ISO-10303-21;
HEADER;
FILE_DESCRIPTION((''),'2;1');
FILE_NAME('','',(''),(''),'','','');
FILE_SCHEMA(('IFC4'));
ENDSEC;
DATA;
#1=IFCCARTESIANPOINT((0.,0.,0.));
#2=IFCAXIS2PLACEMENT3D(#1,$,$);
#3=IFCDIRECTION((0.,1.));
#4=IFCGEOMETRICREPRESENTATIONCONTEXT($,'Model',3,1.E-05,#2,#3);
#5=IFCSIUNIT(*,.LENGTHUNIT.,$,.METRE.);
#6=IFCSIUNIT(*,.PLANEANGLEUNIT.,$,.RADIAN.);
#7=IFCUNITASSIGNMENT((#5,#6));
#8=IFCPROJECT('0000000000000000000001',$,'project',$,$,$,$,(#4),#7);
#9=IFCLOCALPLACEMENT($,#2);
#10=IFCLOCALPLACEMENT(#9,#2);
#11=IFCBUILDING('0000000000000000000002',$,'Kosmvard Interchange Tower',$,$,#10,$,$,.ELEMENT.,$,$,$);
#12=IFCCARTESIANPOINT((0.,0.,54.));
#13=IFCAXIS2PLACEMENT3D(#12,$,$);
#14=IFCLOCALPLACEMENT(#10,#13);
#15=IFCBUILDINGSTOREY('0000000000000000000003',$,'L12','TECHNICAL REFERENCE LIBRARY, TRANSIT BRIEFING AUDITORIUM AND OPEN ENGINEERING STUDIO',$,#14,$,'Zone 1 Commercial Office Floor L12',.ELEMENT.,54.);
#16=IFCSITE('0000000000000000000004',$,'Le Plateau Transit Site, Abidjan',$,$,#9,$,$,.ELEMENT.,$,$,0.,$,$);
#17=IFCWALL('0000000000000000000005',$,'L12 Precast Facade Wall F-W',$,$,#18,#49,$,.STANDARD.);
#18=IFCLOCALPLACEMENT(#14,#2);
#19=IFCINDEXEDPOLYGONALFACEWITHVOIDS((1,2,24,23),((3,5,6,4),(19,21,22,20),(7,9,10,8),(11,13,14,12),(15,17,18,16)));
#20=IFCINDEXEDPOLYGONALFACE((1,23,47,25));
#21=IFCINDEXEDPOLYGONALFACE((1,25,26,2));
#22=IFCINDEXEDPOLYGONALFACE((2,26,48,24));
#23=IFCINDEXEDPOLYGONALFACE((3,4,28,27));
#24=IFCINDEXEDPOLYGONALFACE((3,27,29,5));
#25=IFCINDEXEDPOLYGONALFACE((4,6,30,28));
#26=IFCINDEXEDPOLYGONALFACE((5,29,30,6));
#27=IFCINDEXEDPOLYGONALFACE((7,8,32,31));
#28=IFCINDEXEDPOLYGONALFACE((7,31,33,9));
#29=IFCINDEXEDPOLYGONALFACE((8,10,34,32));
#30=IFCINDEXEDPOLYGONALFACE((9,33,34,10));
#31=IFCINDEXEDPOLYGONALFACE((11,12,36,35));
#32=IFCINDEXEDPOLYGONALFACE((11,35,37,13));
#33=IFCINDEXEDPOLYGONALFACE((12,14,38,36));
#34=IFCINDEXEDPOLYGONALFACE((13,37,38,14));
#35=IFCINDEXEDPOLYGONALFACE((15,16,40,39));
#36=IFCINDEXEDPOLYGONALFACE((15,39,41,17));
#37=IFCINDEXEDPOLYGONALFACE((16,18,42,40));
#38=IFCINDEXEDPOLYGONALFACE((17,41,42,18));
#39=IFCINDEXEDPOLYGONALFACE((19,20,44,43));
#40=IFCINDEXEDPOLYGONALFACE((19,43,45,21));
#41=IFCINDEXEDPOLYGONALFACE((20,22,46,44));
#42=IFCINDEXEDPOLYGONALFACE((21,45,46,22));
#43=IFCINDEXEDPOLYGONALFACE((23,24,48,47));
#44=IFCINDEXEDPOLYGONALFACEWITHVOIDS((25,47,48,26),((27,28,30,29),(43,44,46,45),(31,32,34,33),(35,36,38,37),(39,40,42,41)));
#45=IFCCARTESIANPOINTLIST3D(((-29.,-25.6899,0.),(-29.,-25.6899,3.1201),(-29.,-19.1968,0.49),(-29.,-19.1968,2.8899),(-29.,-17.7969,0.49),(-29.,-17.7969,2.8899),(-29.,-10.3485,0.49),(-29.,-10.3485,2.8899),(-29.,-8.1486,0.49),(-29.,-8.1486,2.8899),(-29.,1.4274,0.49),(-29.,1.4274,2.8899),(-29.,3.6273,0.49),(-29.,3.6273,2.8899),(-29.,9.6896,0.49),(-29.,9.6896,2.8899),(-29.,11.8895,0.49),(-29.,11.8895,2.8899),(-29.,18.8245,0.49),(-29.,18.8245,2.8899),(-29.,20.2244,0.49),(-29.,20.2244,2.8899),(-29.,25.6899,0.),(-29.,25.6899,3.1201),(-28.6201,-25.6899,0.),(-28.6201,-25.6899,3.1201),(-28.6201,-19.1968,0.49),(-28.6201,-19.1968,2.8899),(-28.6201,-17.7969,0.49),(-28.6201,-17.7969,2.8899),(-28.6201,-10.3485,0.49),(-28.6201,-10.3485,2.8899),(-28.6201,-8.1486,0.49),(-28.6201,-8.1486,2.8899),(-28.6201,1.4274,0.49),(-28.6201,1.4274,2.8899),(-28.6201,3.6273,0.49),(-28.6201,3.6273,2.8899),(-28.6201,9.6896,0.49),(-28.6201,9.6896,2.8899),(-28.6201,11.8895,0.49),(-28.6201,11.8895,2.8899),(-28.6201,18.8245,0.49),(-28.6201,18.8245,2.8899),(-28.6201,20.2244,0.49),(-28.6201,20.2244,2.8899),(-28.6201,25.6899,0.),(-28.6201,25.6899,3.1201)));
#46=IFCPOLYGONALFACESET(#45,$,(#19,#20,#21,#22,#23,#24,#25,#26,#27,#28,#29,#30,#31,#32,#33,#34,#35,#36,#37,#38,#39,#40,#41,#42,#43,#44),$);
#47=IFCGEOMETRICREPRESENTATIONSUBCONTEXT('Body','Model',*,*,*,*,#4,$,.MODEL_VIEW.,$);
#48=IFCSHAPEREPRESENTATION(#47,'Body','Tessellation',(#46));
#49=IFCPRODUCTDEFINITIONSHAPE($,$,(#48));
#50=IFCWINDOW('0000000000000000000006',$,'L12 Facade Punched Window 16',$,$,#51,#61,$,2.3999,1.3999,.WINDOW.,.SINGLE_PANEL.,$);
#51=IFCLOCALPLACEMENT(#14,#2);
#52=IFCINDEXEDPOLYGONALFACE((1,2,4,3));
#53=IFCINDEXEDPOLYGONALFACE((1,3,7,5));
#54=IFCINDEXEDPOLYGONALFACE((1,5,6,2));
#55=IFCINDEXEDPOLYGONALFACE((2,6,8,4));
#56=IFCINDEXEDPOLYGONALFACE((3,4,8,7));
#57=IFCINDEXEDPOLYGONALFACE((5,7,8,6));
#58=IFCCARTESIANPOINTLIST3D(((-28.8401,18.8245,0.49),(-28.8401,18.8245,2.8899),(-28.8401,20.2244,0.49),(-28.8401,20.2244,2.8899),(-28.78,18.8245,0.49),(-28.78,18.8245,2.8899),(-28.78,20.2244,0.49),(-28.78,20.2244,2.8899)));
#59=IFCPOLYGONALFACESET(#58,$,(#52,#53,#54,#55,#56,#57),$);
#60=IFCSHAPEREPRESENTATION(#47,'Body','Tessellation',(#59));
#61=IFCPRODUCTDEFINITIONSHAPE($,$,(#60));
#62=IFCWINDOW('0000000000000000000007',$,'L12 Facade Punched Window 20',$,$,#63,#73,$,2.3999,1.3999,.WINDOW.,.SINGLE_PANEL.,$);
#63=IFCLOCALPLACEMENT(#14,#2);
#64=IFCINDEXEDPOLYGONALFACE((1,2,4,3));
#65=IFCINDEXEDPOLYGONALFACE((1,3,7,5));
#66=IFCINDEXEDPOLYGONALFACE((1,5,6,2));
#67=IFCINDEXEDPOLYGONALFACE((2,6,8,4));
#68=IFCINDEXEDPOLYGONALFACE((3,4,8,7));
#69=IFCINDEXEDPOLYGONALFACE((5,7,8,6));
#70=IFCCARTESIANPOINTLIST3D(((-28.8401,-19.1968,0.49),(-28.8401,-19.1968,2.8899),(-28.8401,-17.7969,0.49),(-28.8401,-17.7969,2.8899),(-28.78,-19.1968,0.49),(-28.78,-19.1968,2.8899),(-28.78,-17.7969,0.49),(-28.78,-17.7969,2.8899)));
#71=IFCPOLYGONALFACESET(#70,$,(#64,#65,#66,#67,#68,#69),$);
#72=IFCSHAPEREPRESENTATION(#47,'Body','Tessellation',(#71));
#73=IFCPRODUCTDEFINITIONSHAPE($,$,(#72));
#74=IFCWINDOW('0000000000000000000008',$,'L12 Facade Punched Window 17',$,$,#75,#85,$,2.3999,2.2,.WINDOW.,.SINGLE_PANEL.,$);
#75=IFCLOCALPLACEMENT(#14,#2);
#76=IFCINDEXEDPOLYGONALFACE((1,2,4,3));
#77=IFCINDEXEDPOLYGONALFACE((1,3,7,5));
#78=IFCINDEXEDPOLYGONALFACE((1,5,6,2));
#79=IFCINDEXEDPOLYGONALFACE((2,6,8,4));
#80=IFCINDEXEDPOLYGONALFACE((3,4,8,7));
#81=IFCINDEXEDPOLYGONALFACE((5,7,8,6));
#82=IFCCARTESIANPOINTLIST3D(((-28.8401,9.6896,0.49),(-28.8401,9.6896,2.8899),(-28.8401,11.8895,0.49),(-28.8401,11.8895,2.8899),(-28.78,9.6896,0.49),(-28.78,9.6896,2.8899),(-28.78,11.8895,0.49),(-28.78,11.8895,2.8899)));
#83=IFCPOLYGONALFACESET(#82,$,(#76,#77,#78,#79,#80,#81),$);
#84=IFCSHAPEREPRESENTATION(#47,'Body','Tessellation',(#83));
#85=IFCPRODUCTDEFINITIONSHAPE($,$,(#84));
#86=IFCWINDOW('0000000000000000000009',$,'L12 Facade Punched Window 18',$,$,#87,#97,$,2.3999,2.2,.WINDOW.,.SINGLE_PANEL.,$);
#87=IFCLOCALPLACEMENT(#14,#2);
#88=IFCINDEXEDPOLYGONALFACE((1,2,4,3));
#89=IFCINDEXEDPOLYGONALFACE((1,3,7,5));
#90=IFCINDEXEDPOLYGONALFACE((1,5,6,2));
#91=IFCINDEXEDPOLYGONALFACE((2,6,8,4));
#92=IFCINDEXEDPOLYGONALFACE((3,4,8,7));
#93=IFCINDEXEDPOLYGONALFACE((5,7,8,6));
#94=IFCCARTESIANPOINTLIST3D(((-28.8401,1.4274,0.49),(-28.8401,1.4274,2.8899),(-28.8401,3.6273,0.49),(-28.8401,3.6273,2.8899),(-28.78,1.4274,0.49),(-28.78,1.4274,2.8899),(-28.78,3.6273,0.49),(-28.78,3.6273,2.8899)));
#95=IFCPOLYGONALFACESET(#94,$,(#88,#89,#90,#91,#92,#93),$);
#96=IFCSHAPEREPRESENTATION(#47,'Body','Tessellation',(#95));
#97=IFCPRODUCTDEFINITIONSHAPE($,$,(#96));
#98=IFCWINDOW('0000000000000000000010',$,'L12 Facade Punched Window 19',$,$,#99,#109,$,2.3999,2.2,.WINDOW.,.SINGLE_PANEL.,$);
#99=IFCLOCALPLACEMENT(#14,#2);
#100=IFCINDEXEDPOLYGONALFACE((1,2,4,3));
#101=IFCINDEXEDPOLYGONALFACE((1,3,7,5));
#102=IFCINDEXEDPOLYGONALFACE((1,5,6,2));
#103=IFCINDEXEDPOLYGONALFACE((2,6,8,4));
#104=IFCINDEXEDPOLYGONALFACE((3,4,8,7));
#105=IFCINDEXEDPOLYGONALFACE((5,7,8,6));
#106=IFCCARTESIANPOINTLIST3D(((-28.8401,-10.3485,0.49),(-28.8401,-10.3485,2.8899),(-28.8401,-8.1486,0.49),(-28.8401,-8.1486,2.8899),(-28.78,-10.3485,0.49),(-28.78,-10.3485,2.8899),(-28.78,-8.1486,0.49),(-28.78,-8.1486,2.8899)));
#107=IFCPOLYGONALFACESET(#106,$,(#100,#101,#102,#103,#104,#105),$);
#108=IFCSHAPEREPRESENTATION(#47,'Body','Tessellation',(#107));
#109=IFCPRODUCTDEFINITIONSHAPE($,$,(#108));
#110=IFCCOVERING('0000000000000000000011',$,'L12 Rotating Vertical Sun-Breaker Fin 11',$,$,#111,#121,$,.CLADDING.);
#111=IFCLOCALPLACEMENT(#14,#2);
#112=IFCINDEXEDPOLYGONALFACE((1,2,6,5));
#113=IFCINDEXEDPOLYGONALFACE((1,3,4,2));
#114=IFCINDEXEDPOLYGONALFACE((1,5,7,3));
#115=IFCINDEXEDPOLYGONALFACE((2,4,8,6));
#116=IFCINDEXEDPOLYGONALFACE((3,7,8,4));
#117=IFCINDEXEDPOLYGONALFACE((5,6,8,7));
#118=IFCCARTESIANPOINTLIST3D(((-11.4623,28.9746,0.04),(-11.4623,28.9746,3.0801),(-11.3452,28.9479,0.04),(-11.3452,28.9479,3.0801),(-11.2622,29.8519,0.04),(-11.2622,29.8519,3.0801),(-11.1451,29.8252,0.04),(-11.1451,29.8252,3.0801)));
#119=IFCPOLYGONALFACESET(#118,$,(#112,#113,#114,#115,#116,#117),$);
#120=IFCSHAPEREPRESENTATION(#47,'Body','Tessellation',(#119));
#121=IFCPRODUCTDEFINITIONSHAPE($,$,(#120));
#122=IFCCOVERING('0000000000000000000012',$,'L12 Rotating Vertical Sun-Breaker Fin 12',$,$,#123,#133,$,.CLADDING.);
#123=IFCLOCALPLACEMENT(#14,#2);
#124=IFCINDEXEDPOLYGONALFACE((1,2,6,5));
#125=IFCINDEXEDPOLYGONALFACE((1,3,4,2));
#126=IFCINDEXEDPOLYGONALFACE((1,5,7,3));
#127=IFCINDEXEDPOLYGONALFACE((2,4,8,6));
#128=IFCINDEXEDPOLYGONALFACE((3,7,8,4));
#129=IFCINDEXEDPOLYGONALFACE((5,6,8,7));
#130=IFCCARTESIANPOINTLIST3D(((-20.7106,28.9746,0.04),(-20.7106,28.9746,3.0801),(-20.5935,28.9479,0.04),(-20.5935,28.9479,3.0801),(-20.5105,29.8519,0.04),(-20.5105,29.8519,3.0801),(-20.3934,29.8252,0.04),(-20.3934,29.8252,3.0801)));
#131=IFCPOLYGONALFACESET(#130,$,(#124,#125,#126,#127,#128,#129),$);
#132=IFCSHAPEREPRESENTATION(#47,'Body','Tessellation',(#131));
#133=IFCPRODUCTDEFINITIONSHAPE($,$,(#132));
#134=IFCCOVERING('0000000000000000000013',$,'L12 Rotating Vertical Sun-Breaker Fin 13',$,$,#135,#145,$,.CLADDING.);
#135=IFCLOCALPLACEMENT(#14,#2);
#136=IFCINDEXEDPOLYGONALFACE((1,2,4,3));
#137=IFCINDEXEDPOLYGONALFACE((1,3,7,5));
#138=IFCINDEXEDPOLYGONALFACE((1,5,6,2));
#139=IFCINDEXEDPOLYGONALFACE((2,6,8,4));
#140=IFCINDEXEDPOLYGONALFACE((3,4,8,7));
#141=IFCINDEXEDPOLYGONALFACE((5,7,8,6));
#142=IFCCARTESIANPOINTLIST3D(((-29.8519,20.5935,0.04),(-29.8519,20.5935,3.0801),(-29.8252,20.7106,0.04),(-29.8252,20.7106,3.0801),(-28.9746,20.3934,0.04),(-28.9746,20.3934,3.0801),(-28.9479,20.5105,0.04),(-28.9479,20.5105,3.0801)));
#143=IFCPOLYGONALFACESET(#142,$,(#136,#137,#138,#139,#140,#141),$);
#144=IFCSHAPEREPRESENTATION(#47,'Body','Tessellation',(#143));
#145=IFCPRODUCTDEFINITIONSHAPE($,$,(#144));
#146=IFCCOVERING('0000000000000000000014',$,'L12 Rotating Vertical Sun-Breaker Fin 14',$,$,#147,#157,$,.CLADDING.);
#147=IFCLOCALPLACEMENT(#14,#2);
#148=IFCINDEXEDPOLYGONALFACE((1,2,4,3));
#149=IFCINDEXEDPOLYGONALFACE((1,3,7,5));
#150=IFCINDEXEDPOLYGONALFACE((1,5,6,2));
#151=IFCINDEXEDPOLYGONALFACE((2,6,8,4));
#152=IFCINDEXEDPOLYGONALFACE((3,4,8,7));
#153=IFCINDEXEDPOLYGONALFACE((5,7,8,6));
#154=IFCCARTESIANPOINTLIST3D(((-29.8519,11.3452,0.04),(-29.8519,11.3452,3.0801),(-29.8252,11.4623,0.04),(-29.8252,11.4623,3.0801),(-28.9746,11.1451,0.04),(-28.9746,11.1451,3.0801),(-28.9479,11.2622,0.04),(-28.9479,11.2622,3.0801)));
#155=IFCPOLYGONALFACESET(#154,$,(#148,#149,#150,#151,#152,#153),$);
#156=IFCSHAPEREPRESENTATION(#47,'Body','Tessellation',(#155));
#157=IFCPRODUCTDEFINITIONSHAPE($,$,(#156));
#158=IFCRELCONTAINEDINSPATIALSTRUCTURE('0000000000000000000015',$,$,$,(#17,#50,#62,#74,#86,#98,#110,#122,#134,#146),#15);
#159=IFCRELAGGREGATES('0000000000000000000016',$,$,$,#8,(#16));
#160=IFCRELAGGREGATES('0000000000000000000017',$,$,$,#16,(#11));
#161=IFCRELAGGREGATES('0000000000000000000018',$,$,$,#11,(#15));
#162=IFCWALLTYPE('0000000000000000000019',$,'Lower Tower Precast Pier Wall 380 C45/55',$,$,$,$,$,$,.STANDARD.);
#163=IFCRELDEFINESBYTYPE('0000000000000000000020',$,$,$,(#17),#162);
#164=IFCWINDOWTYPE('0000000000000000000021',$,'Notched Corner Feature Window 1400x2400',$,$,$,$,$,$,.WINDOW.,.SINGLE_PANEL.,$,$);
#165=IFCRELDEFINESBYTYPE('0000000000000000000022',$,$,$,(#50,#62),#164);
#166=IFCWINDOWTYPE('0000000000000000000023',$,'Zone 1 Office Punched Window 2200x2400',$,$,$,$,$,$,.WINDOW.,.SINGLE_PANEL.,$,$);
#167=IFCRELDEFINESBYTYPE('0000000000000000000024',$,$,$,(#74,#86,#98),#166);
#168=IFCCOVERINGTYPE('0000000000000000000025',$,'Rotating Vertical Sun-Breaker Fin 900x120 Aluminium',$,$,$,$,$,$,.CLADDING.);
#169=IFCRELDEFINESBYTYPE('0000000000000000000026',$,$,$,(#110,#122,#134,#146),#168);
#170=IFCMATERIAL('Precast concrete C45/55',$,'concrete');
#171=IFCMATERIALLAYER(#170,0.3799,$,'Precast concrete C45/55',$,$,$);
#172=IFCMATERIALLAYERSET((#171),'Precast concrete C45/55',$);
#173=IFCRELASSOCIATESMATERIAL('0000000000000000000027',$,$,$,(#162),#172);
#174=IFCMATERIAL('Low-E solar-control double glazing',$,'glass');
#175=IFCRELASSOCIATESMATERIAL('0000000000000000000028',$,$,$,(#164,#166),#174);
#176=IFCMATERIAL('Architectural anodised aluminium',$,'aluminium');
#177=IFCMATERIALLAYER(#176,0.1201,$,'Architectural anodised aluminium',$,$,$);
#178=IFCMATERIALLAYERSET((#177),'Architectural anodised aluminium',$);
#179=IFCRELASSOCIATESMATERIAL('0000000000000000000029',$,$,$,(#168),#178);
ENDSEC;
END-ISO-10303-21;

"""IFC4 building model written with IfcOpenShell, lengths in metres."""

from ifc_helpers import new_model, si_unit, direction, frame, frame_2d, origin, origin_2d, place, context, subcontext, project, spatial, rectangle, extrude, source, transform, mapped, material, layer, layer_set, type_object, element, fill, save


model = new_model("IFC4")

# Units and contexts
model_context = context("Model", 3, precision=1e-05, world=origin(), true_north=direction((0.0, 1.0)))
body_context = subcontext(model_context, "Body", "Model", "MODEL_VIEW")
ifc_project = project(units=[si_unit("LENGTHUNIT", "METRE"), si_unit("PLANEANGLEUNIT", "RADIAN")], contexts=[model_context])

# Site, building, storey
site_placement = place(None, origin())
site = spatial("IfcSite", under=ifc_project, at=site_placement, Name="Le Plateau Transit Site, Abidjan", CompositionType="ELEMENT", RefElevation=0.0)
building_placement = place(site_placement, origin())
building = spatial("IfcBuilding", under=site, at=building_placement, Name="Kosmvard Interchange Tower", CompositionType="ELEMENT")
storey_placement = place(building_placement, frame((0.0, 0.0, 54.0)))
storey = spatial("IfcBuildingStorey", under=building, at=storey_placement, Name="L12", Description="TECHNICAL REFERENCE LIBRARY, TRANSIT BRIEFING AUDITORIUM AND OPEN ENGINEERING STUDIO", LongName="Zone 1 Commercial Office Floor L12", CompositionType="ELEMENT", Elevation=54.0)

# Shared definitions
ifc_material_1 = material(Name="Precast concrete C45/55", Category="concrete")

# Shared definitions
ifc_layer_1 = layer(ifc_material_1, 0.3799, Name="Precast concrete C45/55")
ifc_layer_set_1 = layer_set([ifc_layer_1], Name="Precast concrete C45/55")
wall_type_1 = type_object("IfcWallType", Name="Lower Tower Precast Pier Wall 380 C45/55", PredefinedType="STANDARD", material=ifc_layer_set_1)

# Wall, openings, windows
wall_1_placement = place(storey_placement, frame((-28.8101, 25.6899, 0.0), z_axis=(0.0, 0.0, 1.0), x_axis=(0.0, -1.0, 0.0)))
wall_1 = element("IfcWall", 1, at=wall_1_placement, inside=storey, type_object=wall_type_1, Name="L12 Precast Facade Wall F-W", PredefinedType="STANDARD", context=body_context, shape_type="SweptSolid", body=[
    extrude(rectangle(XDim=51.3799, YDim=0.3799, at=frame_2d((25.6899, 0.0))), origin(), (0.0, 0.0, 1.0), 3.1201),
])
opening_1_placement = place(wall_1_placement, frame((5.4656, 0.0, 0.49)))
opening_1 = element("IfcOpeningElement", 2, at=opening_1_placement, cuts=wall_1, PredefinedType="OPENING", context=body_context, shape_type="SweptSolid", body=[
    extrude(rectangle(XDim=1.3999, YDim=2.3999, at=frame_2d((0.7, 1.2))), frame((0.0, 0.2, 0.0), z_axis=(0.0, -1.0, 0.0), x_axis=(1.0, 0.0, 0.0)), (0.0, 0.0, 1.0), 0.3999),
])
opening_2_placement = place(wall_1_placement, frame((13.8003, 0.0, 0.49)))
opening_2 = element("IfcOpeningElement", 3, at=opening_2_placement, cuts=wall_1, PredefinedType="OPENING", context=body_context, shape_type="SweptSolid", body=[
    extrude(rectangle(XDim=2.2, YDim=2.3999, at=frame_2d((1.1001, 1.2))), frame((0.0, 0.2, 0.0), z_axis=(0.0, -1.0, 0.0), x_axis=(1.0, 0.0, 0.0)), (0.0, 0.0, 1.0), 0.3999),
])
opening_3_placement = place(wall_1_placement, frame((22.0625, 0.0, 0.49)))
opening_3 = element("IfcOpeningElement", 4, at=opening_3_placement, cuts=wall_1, PredefinedType="OPENING", context=body_context, shape_type="SweptSolid", body=[
    extrude(rectangle(XDim=2.2, YDim=2.3999, at=frame_2d((1.1001, 1.2))), frame((0.0, 0.2, 0.0), z_axis=(0.0, -1.0, 0.0), x_axis=(1.0, 0.0, 0.0)), (0.0, 0.0, 1.0), 0.3999),
])
opening_4_placement = place(wall_1_placement, frame((33.8384, 0.0, 0.49)))
opening_4 = element("IfcOpeningElement", 5, at=opening_4_placement, cuts=wall_1, PredefinedType="OPENING", context=body_context, shape_type="SweptSolid", body=[
    extrude(rectangle(XDim=2.2, YDim=2.3999, at=frame_2d((1.1001, 1.2))), frame((0.0, 0.2, 0.0), z_axis=(0.0, -1.0, 0.0), x_axis=(1.0, 0.0, 0.0)), (0.0, 0.0, 1.0), 0.3999),
])
opening_5_placement = place(wall_1_placement, frame((43.4868, 0.0, 0.49)))
opening_5 = element("IfcOpeningElement", 6, at=opening_5_placement, cuts=wall_1, PredefinedType="OPENING", context=body_context, shape_type="SweptSolid", body=[
    extrude(rectangle(XDim=1.3999, YDim=2.3999, at=frame_2d((0.7, 1.2))), frame((0.0, 0.2, 0.0), z_axis=(0.0, -1.0, 0.0), x_axis=(1.0, 0.0, 0.0)), (0.0, 0.0, 1.0), 0.3999),
])
ifc_material_2 = material(Name="Low-E solar-control double glazing", Category="glass")
window_type_1 = type_object("IfcWindowType", Name="Notched Corner Feature Window 1400x2400", PartitioningType="SINGLE_PANEL", PredefinedType="WINDOW", material=ifc_material_2)
shared_shape_1 = source(origin(), body_context, "Body", "SweptSolid", [
    extrude(rectangle(XDim=1.3999, YDim=2.3999, at=frame_2d((0.7, 1.2))), frame((0.0, 0.03, 0.0), z_axis=(0.0, -1.0, 0.0), x_axis=(1.0, 0.0, 0.0)), (0.0, 0.0, 1.0), 0.0601),
])
window_1_placement = place(opening_1_placement, origin())
window_1 = element("IfcWindow", 7, at=window_1_placement, inside=storey, type_object=window_type_1, Name="L12 Facade Punched Window 16", OverallHeight=2.3999, OverallWidth=1.3999, PartitioningType="SINGLE_PANEL", PredefinedType="WINDOW", context=body_context, shape_type="MappedRepresentation", body=[
    mapped(shared_shape_1, transform((0.0, 0.0, 0.0), scale=1.0)),
])
fill(opening_1, window_1)
window_2_placement = place(opening_5_placement, origin())
window_2 = element("IfcWindow", 8, at=window_2_placement, inside=storey, type_object=window_type_1, Name="L12 Facade Punched Window 20", OverallHeight=2.3999, OverallWidth=1.3999, PartitioningType="SINGLE_PANEL", PredefinedType="WINDOW", context=body_context, shape_type="MappedRepresentation", body=[
    mapped(shared_shape_1, transform((0.0, 0.0, 0.0), scale=1.0)),
])
fill(opening_5, window_2)
window_type_2 = type_object("IfcWindowType", Name="Zone 1 Office Punched Window 2200x2400", PartitioningType="SINGLE_PANEL", PredefinedType="WINDOW", material=ifc_material_2)
shared_shape_2 = source(origin(), body_context, "Body", "SweptSolid", [
    extrude(rectangle(XDim=2.2, YDim=2.3999, at=frame_2d((1.1001, 1.2))), frame((0.0, 0.03, 0.0), z_axis=(0.0, -1.0, 0.0), x_axis=(1.0, 0.0, 0.0)), (0.0, 0.0, 1.0), 0.0601),
])
window_3_placement = place(opening_2_placement, origin())
window_3 = element("IfcWindow", 9, at=window_3_placement, inside=storey, type_object=window_type_2, Name="L12 Facade Punched Window 17", OverallHeight=2.3999, OverallWidth=2.2, PartitioningType="SINGLE_PANEL", PredefinedType="WINDOW", context=body_context, shape_type="MappedRepresentation", body=[
    mapped(shared_shape_2, transform((0.0, 0.0, 0.0), scale=1.0)),
])
fill(opening_2, window_3)
window_4_placement = place(opening_3_placement, origin())
window_4 = element("IfcWindow", 10, at=window_4_placement, inside=storey, type_object=window_type_2, Name="L12 Facade Punched Window 18", OverallHeight=2.3999, OverallWidth=2.2, PartitioningType="SINGLE_PANEL", PredefinedType="WINDOW", context=body_context, shape_type="MappedRepresentation", body=[
    mapped(shared_shape_2, transform((0.0, 0.0, 0.0), scale=1.0)),
])
fill(opening_3, window_4)
window_5_placement = place(opening_4_placement, origin())
window_5 = element("IfcWindow", 11, at=window_5_placement, inside=storey, type_object=window_type_2, Name="L12 Facade Punched Window 19", OverallHeight=2.3999, OverallWidth=2.2, PartitioningType="SINGLE_PANEL", PredefinedType="WINDOW", context=body_context, shape_type="MappedRepresentation", body=[
    mapped(shared_shape_2, transform((0.0, 0.0, 0.0), scale=1.0)),
])
fill(opening_4, window_5)

# Coverings
ifc_material_3 = material(Name="Architectural anodised aluminium", Category="aluminium")
ifc_layer_2 = layer(ifc_material_3, 0.1201, Name="Architectural anodised aluminium")
ifc_layer_set_2 = layer_set([ifc_layer_2], Name="Architectural anodised aluminium")
covering_type = type_object("IfcCoveringType", Name="Rotating Vertical Sun-Breaker Fin 900x120 Aluminium", PredefinedType="CLADDING", material=ifc_layer_set_2)
shared_shape_3 = source(origin(), body_context, "Body", "SweptSolid", [
    extrude(rectangle(XDim=0.8999, YDim=0.1201, at=origin_2d()), origin(), (0.0, 0.0, 1.0), 3.04),
])
for number, where, z_axis, x_axis, name in (
    (12, (-11.3037, 29.3999, 0.04), (0.0, 0.0, 1.0), (0.222399, 0.974956, 0.0), "L12 Rotating Vertical Sun-Breaker Fin 11"),
    (13, (-20.552, 29.3999, 0.04), (0.0, 0.0, 1.0), (0.222399, 0.974956, 0.0), "L12 Rotating Vertical Sun-Breaker Fin 12"),
    (14, (-29.3999, 20.552, 0.04), (0.0, 0.0, 1.0), (-0.974956, 0.222399, 0.0), "L12 Rotating Vertical Sun-Breaker Fin 13"),
    (15, (-29.3999, 11.3037, 0.04), (0.0, 0.0, 1.0), (-0.974956, 0.222399, 0.0), "L12 Rotating Vertical Sun-Breaker Fin 14"),
):
    element("IfcCovering", number, at=place(storey_placement, frame(where, z_axis=z_axis, x_axis=x_axis)), inside=storey, type_object=covering_type, Name=name, PredefinedType="CLADDING", context=body_context, shape_type="MappedRepresentation", body=[
        mapped(shared_shape_3, transform((0.0, 0.0, 0.0), scale=1.0)),
    ])

save(model, "model.ifc")
